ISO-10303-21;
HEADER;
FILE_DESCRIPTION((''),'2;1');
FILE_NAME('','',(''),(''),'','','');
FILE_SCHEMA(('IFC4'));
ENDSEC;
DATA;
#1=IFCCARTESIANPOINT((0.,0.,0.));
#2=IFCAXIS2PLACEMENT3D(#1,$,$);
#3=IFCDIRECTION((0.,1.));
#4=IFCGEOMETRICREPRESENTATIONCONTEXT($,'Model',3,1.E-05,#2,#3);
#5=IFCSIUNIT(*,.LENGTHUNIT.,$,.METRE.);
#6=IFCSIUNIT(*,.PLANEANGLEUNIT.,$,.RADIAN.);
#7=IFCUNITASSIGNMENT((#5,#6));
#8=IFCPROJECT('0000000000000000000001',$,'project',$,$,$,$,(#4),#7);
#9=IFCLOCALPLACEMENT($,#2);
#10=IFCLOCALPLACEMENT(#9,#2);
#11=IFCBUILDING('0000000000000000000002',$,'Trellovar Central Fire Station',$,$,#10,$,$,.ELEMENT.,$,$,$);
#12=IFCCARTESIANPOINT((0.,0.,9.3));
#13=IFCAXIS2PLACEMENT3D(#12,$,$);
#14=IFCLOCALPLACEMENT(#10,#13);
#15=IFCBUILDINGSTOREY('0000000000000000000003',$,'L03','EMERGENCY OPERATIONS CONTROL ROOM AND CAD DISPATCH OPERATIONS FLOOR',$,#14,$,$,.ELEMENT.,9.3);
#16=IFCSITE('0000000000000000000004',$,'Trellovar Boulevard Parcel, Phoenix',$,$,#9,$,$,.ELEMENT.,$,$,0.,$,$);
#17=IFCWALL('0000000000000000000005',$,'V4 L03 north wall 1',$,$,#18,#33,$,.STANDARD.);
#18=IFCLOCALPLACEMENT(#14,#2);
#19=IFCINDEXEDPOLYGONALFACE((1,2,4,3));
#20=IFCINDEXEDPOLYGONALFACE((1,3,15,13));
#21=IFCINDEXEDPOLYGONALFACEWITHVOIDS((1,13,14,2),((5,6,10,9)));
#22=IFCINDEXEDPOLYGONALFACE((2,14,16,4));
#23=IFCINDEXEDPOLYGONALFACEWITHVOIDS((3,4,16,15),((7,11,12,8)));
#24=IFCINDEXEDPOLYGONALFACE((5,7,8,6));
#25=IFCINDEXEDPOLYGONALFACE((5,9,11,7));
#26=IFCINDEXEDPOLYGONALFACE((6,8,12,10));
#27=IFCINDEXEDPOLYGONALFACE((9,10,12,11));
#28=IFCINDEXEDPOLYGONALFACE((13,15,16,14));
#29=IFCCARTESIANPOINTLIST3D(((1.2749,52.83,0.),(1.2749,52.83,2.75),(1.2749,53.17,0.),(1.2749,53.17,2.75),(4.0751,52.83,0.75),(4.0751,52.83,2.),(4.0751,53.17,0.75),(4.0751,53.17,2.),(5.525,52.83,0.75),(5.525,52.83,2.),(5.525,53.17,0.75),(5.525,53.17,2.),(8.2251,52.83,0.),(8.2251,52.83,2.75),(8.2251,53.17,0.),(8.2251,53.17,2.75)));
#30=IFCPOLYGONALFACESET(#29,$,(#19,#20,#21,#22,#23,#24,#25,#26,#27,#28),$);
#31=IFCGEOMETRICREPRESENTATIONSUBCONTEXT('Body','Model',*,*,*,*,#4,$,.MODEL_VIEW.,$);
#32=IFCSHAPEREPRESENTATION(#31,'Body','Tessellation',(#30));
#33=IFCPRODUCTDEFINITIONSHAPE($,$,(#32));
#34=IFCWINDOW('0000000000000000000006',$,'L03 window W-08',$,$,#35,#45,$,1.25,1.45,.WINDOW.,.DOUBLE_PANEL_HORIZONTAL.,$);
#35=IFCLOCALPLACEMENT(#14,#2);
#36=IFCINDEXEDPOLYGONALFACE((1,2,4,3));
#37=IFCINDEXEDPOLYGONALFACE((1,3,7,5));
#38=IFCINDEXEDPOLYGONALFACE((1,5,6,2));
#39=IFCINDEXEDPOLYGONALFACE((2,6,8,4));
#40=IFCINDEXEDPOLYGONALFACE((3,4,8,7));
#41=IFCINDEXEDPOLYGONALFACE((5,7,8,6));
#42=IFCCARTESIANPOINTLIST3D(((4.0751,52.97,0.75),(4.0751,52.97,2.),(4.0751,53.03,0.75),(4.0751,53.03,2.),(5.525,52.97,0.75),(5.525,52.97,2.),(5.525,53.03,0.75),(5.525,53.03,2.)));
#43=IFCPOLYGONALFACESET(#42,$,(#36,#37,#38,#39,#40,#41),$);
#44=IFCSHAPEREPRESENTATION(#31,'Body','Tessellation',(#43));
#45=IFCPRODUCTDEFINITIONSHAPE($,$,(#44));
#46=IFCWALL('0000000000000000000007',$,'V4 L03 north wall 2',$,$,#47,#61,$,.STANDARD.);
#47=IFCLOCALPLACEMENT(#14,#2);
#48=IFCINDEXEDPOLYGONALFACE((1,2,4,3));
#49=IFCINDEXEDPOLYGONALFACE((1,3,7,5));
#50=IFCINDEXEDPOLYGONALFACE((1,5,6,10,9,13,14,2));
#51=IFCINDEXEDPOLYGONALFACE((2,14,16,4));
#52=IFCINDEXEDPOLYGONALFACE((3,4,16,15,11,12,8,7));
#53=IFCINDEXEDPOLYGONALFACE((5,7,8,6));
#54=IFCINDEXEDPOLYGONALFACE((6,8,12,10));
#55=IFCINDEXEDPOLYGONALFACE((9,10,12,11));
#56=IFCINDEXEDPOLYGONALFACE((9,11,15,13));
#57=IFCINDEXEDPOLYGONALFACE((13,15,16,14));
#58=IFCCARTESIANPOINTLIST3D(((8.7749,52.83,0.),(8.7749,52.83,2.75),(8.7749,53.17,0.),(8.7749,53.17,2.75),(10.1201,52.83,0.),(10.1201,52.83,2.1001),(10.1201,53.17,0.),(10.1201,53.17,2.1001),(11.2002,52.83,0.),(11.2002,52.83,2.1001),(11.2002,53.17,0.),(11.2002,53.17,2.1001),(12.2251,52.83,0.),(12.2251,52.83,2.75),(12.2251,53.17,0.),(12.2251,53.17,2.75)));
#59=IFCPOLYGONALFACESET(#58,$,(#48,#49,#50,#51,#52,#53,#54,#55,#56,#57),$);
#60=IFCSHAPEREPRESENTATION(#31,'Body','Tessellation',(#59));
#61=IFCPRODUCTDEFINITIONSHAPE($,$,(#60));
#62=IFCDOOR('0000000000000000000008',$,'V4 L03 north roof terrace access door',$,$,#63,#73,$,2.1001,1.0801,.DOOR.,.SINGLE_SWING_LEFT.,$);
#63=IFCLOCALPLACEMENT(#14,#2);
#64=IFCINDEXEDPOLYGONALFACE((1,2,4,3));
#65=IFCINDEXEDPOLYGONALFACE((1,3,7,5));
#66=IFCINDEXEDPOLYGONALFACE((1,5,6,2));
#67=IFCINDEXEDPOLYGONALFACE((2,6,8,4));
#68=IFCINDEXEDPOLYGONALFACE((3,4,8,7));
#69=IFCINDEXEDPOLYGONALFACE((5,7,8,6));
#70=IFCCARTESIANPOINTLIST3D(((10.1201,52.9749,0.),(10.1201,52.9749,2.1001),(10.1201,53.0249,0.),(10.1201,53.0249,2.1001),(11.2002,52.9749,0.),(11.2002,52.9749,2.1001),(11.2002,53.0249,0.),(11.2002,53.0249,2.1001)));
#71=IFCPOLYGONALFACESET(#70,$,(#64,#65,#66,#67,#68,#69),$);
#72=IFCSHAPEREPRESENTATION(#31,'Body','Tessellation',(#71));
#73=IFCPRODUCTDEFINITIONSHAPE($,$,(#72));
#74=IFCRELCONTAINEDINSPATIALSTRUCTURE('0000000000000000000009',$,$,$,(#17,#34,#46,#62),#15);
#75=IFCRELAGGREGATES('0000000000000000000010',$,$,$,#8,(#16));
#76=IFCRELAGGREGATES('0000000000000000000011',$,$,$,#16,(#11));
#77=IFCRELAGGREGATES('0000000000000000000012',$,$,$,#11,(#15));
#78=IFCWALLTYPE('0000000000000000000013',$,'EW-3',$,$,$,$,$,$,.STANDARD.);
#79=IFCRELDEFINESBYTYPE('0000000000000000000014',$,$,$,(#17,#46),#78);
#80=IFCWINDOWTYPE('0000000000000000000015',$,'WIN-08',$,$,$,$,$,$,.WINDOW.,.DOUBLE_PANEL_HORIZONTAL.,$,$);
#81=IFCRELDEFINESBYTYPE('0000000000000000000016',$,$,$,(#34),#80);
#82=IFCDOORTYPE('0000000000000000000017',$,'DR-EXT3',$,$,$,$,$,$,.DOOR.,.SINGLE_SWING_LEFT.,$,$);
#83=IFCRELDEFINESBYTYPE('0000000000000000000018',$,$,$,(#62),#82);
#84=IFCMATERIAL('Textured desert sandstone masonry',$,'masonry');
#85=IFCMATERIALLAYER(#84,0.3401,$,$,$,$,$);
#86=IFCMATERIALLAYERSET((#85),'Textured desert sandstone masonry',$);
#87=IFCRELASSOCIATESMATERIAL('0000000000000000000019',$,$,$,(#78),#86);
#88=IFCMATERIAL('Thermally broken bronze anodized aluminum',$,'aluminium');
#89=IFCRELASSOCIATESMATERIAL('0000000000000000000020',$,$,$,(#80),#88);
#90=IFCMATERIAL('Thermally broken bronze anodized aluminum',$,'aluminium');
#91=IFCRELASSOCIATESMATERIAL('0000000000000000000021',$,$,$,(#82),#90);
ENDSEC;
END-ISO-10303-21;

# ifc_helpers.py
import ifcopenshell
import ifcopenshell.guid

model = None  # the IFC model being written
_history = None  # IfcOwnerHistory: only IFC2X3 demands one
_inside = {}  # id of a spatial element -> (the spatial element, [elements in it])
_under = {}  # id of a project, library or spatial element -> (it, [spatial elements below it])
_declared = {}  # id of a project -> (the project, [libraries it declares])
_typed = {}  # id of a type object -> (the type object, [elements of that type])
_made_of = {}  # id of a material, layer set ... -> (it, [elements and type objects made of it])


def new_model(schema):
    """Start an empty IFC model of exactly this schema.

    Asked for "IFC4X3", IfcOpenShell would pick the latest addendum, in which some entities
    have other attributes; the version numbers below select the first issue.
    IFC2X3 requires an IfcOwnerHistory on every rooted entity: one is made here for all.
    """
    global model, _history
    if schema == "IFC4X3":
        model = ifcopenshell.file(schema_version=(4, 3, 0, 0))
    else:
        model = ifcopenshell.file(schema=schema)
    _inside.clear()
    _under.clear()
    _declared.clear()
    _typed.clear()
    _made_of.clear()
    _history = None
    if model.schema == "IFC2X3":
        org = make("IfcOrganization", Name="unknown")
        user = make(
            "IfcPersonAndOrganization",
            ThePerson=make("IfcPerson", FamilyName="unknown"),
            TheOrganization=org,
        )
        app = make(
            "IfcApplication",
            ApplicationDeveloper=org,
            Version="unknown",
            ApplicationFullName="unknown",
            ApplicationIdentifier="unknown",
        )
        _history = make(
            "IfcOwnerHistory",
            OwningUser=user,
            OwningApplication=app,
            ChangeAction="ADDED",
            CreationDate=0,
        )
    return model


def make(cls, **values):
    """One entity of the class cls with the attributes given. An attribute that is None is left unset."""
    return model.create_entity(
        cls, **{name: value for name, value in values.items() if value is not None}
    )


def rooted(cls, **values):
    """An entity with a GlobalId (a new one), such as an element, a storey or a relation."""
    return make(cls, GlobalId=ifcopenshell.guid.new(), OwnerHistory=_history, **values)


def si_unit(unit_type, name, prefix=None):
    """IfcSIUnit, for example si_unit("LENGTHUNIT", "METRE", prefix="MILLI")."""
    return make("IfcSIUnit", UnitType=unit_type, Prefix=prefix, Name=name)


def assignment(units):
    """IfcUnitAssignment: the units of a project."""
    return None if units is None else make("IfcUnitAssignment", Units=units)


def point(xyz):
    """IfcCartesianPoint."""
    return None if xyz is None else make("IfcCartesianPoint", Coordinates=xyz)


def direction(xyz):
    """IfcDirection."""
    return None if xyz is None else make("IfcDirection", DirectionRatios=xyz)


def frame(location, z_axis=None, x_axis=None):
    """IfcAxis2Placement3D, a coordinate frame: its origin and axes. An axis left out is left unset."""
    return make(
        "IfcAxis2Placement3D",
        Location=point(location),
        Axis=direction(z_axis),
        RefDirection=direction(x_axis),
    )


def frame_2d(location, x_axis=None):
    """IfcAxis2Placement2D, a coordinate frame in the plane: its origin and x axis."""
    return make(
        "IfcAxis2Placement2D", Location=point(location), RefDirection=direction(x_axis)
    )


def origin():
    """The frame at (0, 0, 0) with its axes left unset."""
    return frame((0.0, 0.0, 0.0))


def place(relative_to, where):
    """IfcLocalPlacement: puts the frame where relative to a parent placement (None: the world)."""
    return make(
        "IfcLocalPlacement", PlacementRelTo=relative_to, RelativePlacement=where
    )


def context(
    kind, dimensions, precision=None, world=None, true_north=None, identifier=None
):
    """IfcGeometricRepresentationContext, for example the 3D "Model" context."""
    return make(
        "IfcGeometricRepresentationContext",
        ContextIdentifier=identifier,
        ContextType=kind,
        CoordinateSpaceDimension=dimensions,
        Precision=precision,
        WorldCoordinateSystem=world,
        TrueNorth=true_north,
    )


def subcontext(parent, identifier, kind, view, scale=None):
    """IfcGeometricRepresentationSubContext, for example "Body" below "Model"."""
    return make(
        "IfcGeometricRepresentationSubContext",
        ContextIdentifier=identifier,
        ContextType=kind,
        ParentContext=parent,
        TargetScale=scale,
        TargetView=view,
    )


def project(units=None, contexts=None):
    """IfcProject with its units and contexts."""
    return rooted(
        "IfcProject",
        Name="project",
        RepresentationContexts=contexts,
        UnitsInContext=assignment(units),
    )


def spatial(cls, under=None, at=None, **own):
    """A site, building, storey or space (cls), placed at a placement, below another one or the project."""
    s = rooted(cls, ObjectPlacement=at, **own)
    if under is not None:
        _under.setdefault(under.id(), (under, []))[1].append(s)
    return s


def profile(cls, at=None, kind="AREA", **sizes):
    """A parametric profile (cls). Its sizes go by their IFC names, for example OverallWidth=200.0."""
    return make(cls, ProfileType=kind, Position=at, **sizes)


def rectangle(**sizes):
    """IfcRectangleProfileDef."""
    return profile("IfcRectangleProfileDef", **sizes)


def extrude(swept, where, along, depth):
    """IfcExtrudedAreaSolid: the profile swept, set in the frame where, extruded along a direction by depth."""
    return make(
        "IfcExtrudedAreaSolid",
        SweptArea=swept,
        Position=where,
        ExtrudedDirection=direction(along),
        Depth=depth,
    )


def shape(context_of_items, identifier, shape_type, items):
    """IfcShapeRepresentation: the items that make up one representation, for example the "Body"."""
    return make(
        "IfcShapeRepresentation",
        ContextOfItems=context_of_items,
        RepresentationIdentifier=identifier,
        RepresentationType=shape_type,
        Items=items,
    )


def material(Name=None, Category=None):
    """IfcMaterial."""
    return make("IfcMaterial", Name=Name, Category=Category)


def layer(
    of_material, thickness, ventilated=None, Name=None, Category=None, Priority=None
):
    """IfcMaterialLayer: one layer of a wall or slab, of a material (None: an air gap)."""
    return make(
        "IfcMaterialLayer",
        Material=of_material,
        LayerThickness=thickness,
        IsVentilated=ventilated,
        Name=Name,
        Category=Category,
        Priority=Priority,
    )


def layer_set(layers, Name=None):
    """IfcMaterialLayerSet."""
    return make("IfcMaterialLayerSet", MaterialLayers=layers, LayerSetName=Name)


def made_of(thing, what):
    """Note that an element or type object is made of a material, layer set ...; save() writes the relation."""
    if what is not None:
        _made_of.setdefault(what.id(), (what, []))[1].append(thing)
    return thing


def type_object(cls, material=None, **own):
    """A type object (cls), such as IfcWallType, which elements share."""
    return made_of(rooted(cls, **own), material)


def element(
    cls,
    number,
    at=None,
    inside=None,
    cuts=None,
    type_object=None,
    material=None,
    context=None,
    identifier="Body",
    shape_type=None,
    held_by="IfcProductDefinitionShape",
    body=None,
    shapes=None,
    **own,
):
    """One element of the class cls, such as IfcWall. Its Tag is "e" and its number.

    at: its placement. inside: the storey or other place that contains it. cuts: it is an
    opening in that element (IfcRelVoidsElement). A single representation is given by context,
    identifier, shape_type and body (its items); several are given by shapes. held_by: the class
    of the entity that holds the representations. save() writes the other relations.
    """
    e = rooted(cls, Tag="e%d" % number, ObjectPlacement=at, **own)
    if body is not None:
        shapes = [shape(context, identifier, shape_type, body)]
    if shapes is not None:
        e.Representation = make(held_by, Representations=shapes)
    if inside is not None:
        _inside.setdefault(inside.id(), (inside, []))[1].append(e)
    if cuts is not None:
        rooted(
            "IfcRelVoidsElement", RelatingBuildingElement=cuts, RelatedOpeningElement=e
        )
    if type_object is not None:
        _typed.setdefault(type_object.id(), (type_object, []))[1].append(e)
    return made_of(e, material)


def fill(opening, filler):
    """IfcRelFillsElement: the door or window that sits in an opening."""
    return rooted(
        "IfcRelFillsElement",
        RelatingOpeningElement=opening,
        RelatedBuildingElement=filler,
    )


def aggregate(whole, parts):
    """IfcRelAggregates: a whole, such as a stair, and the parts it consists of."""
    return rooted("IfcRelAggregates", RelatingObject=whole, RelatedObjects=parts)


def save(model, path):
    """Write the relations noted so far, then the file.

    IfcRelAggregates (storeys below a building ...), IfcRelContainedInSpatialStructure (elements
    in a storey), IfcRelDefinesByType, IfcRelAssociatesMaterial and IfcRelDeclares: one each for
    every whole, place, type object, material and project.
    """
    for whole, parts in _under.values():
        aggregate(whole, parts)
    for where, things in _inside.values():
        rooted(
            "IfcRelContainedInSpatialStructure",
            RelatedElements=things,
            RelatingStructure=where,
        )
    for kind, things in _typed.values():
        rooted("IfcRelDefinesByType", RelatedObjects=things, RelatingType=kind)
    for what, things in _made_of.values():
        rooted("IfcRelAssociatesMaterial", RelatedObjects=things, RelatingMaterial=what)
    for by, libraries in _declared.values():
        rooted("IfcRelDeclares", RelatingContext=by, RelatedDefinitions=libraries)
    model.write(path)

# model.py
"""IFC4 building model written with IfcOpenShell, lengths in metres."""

from ifc_helpers import new_model, si_unit, direction, frame, frame_2d, origin, place, context, subcontext, project, spatial, rectangle, extrude, material, layer, layer_set, type_object, element, fill, save


model = new_model("IFC4")

# Units and contexts
model_context = context("Model", 3, precision=1e-05, world=origin(), true_north=direction((0.0, 1.0)))
body_context = subcontext(model_context, "Body", "Model", "MODEL_VIEW")
ifc_project = project(units=[si_unit("LENGTHUNIT", "METRE"), si_unit("PLANEANGLEUNIT", "RADIAN")], contexts=[model_context])

# Site, building, storey
site_placement = place(None, origin())
site = spatial("IfcSite", under=ifc_project, at=site_placement, Name="Trellovar Boulevard Parcel, Phoenix", CompositionType="ELEMENT", RefElevation=0.0)
building_placement = place(site_placement, origin())
building = spatial("IfcBuilding", under=site, at=building_placement, Name="Trellovar Central Fire Station", CompositionType="ELEMENT")
storey_placement = place(building_placement, frame((0.0, 0.0, 9.3)))
storey = spatial("IfcBuildingStorey", under=building, at=storey_placement, Name="L03", Description="EMERGENCY OPERATIONS CONTROL ROOM AND CAD DISPATCH OPERATIONS FLOOR", CompositionType="ELEMENT", Elevation=9.3)

# Wall, opening, window
ifc_material_1 = material(Name="Textured desert sandstone masonry", Category="masonry")
ifc_layer_1 = layer(ifc_material_1, 0.3401)
ifc_layer_set_1 = layer_set([ifc_layer_1], Name="Textured desert sandstone masonry")
wall_type = type_object("IfcWallType", Name="EW-3", PredefinedType="STANDARD", material=ifc_layer_set_1)
wall_1_placement = place(storey_placement, frame((8.2251, 53.0, 0.0), z_axis=(0.0, 0.0, 1.0), x_axis=(-1.0, 0.0, 0.0)))
wall_1 = element("IfcWall", 1, at=wall_1_placement, inside=storey, type_object=wall_type, Name="V4 L03 north wall 1", PredefinedType="STANDARD", context=body_context, shape_type="SweptSolid", body=[
    extrude(rectangle(XDim=6.9502, YDim=0.3401, at=frame_2d((3.4751, 0.0))), origin(), (0.0, 0.0, 1.0), 2.75),
])
opening_1_placement = place(wall_1_placement, frame((2.7, 0.0, 0.75)))
opening_1 = element("IfcOpeningElement", 2, at=opening_1_placement, cuts=wall_1, PredefinedType="OPENING", context=body_context, shape_type="SweptSolid", body=[
    extrude(rectangle(XDim=1.45, YDim=1.25, at=frame_2d((0.7251, 0.625))), frame((0.0, 0.1799, 0.0), z_axis=(0.0, -1.0, 0.0), x_axis=(1.0, 0.0, 0.0)), (0.0, 0.0, 1.0), 0.3601),
])
ifc_material_2 = material(Name="Thermally broken bronze anodized aluminum", Category="aluminium")
window_type = type_object("IfcWindowType", Name="WIN-08", PartitioningType="DOUBLE_PANEL_HORIZONTAL", PredefinedType="WINDOW", material=ifc_material_2)
window_placement = place(opening_1_placement, origin())
window = element("IfcWindow", 3, at=window_placement, inside=storey, type_object=window_type, Name="L03 window W-08", OverallHeight=1.25, OverallWidth=1.45, PartitioningType="DOUBLE_PANEL_HORIZONTAL", PredefinedType="WINDOW", context=body_context, shape_type="SweptSolid", body=[
    extrude(rectangle(XDim=1.45, YDim=1.25, at=frame_2d((0.7251, 0.625))), frame((0.0, 0.03, 0.0), z_axis=(0.0, -1.0, 0.0), x_axis=(1.0, 0.0, 0.0)), (0.0, 0.0, 1.0), 0.0601),
])
fill(opening_1, window)

# Wall, opening, door
wall_2_placement = place(storey_placement, frame((12.2251, 53.0, 0.0), z_axis=(0.0, 0.0, 1.0), x_axis=(-1.0, 0.0, 0.0)))
wall_2 = element("IfcWall", 4, at=wall_2_placement, inside=storey, type_object=wall_type, Name="V4 L03 north wall 2", PredefinedType="STANDARD", context=body_context, shape_type="SweptSolid", body=[
    extrude(rectangle(XDim=3.4502, YDim=0.3401, at=frame_2d((1.7251, 0.0))), origin(), (0.0, 0.0, 1.0), 2.75),
])
opening_2_placement = place(wall_2_placement, frame((1.0249, 0.0, 0.0)))
opening_2 = element("IfcOpeningElement", 5, at=opening_2_placement, cuts=wall_2, PredefinedType="OPENING", context=body_context, shape_type="SweptSolid", body=[
    extrude(rectangle(XDim=1.0801, YDim=2.1001, at=frame_2d((0.54, 1.05))), frame((0.0, 0.1799, 0.0), z_axis=(0.0, -1.0, 0.0), x_axis=(1.0, 0.0, 0.0)), (0.0, 0.0, 1.0), 0.3601),
])
ifc_material_3 = material(Name="Thermally broken bronze anodized aluminum", Category="aluminium")
door_type = type_object("IfcDoorType", Name="DR-EXT3", OperationType="SINGLE_SWING_LEFT", PredefinedType="DOOR", material=ifc_material_3)
door_placement = place(opening_2_placement, frame((1.0801, 0.0, 0.0), z_axis=(0.0, 0.0, 1.0), x_axis=(-1.0, 0.0, 0.0)))
door = element("IfcDoor", 6, at=door_placement, inside=storey, type_object=door_type, Name="V4 L03 north roof terrace access door", OperationType="SINGLE_SWING_LEFT", OverallHeight=2.1001, OverallWidth=1.0801, PredefinedType="DOOR", context=body_context, shape_type="SweptSolid", body=[
    extrude(rectangle(XDim=1.0801, YDim=2.1001, at=frame_2d((0.54, 1.05))), frame((0.0, 0.0249, 0.0), z_axis=(0.0, -1.0, 0.0), x_axis=(1.0, 0.0, 0.0)), (0.0, 0.0, 1.0), 0.05),
])
fill(opening_2, door)

save(model, "model.ifc")
